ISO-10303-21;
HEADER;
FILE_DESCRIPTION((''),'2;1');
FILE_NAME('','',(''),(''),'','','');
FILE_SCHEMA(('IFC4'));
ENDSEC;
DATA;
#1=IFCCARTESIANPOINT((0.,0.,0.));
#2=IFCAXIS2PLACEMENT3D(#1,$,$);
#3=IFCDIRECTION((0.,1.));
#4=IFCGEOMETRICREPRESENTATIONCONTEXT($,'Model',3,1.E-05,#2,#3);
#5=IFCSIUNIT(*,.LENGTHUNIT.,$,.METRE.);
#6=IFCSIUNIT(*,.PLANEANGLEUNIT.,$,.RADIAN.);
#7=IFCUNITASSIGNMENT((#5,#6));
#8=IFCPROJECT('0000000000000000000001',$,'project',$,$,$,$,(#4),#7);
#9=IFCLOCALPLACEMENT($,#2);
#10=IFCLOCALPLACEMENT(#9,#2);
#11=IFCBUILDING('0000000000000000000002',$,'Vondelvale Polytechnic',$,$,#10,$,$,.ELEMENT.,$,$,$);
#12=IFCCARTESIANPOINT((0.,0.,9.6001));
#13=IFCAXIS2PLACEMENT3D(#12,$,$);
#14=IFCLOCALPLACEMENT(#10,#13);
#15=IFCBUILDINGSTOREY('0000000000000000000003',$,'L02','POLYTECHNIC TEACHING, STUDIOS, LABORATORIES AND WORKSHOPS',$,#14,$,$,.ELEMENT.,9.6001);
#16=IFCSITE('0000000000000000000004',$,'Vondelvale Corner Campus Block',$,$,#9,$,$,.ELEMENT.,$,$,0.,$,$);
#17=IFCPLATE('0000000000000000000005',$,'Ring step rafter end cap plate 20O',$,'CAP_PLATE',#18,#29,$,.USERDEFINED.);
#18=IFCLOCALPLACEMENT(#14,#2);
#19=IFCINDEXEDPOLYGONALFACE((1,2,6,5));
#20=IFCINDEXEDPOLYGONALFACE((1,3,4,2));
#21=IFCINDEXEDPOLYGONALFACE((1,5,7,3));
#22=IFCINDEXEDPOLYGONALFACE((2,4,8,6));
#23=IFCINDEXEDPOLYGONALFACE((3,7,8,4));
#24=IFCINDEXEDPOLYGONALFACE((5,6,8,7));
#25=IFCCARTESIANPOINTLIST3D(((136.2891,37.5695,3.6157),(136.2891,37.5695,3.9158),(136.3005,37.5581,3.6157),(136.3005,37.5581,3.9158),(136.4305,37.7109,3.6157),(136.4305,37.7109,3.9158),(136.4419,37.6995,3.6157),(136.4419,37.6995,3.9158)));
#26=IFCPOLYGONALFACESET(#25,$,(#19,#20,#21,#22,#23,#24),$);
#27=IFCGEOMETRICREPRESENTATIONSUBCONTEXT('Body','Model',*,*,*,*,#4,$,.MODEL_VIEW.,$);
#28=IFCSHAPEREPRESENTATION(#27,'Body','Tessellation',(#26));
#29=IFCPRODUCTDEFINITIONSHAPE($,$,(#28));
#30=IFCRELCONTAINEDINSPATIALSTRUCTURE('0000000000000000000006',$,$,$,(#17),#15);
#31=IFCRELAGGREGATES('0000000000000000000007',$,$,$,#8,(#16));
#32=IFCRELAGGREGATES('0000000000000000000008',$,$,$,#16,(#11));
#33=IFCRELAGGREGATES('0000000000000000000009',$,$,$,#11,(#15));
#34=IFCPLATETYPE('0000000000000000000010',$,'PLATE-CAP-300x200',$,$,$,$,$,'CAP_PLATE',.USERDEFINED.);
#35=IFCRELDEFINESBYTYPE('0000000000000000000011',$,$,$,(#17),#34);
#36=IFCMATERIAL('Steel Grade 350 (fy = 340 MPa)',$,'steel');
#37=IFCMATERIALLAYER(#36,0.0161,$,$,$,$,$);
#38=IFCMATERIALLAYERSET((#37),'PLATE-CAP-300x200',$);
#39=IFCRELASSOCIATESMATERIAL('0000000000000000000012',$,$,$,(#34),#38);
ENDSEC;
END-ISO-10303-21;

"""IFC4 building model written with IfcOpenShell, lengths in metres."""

from ifc_helpers import new_model, si_unit, direction, frame, origin, origin_2d, place, context, subcontext, project, spatial, rectangle, extrude, material, layer, layer_set, type_object, element, save


model = new_model("IFC4")

# Units and contexts
model_context = context("Model", 3, precision=1e-05, world=origin(), true_north=direction((0.0, 1.0)))
body_context = subcontext(model_context, "Body", "Model", "MODEL_VIEW")
ifc_project = project(units=[si_unit("LENGTHUNIT", "METRE"), si_unit("PLANEANGLEUNIT", "RADIAN")], contexts=[model_context])

# Site, building, storey
site_placement = place(None, origin())
site = spatial("IfcSite", under=ifc_project, at=site_placement, Name="Vondelvale Corner Campus Block", CompositionType="ELEMENT", RefElevation=0.0)
building_placement = place(site_placement, origin())
building = spatial("IfcBuilding", under=site, at=building_placement, Name="Vondelvale Polytechnic", CompositionType="ELEMENT")
storey_placement = place(building_placement, frame((0.0, 0.0, 9.6001)))
storey = spatial("IfcBuildingStorey", under=building, at=storey_placement, Name="L02", Description="POLYTECHNIC TEACHING, STUDIOS, LABORATORIES AND WORKSHOPS", CompositionType="ELEMENT", Elevation=9.6001)

# Plate
ifc_material_1 = material(Name="Steel Grade 350 (fy = 340 MPa)", Category="steel")
ifc_layer_1 = layer(ifc_material_1, 0.0161)
ifc_layer_set_1 = layer_set([ifc_layer_1], Name="PLATE-CAP-300x200")
plate_type_1 = type_object("IfcPlateType", Name="PLATE-CAP-300x200", ElementType="CAP_PLATE", PredefinedType="USERDEFINED", material=ifc_layer_set_1)
plate_1_placement = place(storey_placement, frame((136.3655, 37.6345, 3.6157), z_axis=(0.0, 0.0, 1.0), x_axis=(-0.707107, 0.707107, 0.0)))
element("IfcPlate", 1, at=plate_1_placement, inside=storey, type_object=plate_type_1, Name="Ring step rafter end cap plate 20O", ObjectType="CAP_PLATE", PredefinedType="USERDEFINED", context=body_context, shape_type="SweptSolid", body=[
    extrude(rectangle(XDim=0.0161, YDim=0.2, at=origin_2d()), origin(), (0.0, 0.0, 1.0), 0.3),
])

save(model, "model.ifc")
